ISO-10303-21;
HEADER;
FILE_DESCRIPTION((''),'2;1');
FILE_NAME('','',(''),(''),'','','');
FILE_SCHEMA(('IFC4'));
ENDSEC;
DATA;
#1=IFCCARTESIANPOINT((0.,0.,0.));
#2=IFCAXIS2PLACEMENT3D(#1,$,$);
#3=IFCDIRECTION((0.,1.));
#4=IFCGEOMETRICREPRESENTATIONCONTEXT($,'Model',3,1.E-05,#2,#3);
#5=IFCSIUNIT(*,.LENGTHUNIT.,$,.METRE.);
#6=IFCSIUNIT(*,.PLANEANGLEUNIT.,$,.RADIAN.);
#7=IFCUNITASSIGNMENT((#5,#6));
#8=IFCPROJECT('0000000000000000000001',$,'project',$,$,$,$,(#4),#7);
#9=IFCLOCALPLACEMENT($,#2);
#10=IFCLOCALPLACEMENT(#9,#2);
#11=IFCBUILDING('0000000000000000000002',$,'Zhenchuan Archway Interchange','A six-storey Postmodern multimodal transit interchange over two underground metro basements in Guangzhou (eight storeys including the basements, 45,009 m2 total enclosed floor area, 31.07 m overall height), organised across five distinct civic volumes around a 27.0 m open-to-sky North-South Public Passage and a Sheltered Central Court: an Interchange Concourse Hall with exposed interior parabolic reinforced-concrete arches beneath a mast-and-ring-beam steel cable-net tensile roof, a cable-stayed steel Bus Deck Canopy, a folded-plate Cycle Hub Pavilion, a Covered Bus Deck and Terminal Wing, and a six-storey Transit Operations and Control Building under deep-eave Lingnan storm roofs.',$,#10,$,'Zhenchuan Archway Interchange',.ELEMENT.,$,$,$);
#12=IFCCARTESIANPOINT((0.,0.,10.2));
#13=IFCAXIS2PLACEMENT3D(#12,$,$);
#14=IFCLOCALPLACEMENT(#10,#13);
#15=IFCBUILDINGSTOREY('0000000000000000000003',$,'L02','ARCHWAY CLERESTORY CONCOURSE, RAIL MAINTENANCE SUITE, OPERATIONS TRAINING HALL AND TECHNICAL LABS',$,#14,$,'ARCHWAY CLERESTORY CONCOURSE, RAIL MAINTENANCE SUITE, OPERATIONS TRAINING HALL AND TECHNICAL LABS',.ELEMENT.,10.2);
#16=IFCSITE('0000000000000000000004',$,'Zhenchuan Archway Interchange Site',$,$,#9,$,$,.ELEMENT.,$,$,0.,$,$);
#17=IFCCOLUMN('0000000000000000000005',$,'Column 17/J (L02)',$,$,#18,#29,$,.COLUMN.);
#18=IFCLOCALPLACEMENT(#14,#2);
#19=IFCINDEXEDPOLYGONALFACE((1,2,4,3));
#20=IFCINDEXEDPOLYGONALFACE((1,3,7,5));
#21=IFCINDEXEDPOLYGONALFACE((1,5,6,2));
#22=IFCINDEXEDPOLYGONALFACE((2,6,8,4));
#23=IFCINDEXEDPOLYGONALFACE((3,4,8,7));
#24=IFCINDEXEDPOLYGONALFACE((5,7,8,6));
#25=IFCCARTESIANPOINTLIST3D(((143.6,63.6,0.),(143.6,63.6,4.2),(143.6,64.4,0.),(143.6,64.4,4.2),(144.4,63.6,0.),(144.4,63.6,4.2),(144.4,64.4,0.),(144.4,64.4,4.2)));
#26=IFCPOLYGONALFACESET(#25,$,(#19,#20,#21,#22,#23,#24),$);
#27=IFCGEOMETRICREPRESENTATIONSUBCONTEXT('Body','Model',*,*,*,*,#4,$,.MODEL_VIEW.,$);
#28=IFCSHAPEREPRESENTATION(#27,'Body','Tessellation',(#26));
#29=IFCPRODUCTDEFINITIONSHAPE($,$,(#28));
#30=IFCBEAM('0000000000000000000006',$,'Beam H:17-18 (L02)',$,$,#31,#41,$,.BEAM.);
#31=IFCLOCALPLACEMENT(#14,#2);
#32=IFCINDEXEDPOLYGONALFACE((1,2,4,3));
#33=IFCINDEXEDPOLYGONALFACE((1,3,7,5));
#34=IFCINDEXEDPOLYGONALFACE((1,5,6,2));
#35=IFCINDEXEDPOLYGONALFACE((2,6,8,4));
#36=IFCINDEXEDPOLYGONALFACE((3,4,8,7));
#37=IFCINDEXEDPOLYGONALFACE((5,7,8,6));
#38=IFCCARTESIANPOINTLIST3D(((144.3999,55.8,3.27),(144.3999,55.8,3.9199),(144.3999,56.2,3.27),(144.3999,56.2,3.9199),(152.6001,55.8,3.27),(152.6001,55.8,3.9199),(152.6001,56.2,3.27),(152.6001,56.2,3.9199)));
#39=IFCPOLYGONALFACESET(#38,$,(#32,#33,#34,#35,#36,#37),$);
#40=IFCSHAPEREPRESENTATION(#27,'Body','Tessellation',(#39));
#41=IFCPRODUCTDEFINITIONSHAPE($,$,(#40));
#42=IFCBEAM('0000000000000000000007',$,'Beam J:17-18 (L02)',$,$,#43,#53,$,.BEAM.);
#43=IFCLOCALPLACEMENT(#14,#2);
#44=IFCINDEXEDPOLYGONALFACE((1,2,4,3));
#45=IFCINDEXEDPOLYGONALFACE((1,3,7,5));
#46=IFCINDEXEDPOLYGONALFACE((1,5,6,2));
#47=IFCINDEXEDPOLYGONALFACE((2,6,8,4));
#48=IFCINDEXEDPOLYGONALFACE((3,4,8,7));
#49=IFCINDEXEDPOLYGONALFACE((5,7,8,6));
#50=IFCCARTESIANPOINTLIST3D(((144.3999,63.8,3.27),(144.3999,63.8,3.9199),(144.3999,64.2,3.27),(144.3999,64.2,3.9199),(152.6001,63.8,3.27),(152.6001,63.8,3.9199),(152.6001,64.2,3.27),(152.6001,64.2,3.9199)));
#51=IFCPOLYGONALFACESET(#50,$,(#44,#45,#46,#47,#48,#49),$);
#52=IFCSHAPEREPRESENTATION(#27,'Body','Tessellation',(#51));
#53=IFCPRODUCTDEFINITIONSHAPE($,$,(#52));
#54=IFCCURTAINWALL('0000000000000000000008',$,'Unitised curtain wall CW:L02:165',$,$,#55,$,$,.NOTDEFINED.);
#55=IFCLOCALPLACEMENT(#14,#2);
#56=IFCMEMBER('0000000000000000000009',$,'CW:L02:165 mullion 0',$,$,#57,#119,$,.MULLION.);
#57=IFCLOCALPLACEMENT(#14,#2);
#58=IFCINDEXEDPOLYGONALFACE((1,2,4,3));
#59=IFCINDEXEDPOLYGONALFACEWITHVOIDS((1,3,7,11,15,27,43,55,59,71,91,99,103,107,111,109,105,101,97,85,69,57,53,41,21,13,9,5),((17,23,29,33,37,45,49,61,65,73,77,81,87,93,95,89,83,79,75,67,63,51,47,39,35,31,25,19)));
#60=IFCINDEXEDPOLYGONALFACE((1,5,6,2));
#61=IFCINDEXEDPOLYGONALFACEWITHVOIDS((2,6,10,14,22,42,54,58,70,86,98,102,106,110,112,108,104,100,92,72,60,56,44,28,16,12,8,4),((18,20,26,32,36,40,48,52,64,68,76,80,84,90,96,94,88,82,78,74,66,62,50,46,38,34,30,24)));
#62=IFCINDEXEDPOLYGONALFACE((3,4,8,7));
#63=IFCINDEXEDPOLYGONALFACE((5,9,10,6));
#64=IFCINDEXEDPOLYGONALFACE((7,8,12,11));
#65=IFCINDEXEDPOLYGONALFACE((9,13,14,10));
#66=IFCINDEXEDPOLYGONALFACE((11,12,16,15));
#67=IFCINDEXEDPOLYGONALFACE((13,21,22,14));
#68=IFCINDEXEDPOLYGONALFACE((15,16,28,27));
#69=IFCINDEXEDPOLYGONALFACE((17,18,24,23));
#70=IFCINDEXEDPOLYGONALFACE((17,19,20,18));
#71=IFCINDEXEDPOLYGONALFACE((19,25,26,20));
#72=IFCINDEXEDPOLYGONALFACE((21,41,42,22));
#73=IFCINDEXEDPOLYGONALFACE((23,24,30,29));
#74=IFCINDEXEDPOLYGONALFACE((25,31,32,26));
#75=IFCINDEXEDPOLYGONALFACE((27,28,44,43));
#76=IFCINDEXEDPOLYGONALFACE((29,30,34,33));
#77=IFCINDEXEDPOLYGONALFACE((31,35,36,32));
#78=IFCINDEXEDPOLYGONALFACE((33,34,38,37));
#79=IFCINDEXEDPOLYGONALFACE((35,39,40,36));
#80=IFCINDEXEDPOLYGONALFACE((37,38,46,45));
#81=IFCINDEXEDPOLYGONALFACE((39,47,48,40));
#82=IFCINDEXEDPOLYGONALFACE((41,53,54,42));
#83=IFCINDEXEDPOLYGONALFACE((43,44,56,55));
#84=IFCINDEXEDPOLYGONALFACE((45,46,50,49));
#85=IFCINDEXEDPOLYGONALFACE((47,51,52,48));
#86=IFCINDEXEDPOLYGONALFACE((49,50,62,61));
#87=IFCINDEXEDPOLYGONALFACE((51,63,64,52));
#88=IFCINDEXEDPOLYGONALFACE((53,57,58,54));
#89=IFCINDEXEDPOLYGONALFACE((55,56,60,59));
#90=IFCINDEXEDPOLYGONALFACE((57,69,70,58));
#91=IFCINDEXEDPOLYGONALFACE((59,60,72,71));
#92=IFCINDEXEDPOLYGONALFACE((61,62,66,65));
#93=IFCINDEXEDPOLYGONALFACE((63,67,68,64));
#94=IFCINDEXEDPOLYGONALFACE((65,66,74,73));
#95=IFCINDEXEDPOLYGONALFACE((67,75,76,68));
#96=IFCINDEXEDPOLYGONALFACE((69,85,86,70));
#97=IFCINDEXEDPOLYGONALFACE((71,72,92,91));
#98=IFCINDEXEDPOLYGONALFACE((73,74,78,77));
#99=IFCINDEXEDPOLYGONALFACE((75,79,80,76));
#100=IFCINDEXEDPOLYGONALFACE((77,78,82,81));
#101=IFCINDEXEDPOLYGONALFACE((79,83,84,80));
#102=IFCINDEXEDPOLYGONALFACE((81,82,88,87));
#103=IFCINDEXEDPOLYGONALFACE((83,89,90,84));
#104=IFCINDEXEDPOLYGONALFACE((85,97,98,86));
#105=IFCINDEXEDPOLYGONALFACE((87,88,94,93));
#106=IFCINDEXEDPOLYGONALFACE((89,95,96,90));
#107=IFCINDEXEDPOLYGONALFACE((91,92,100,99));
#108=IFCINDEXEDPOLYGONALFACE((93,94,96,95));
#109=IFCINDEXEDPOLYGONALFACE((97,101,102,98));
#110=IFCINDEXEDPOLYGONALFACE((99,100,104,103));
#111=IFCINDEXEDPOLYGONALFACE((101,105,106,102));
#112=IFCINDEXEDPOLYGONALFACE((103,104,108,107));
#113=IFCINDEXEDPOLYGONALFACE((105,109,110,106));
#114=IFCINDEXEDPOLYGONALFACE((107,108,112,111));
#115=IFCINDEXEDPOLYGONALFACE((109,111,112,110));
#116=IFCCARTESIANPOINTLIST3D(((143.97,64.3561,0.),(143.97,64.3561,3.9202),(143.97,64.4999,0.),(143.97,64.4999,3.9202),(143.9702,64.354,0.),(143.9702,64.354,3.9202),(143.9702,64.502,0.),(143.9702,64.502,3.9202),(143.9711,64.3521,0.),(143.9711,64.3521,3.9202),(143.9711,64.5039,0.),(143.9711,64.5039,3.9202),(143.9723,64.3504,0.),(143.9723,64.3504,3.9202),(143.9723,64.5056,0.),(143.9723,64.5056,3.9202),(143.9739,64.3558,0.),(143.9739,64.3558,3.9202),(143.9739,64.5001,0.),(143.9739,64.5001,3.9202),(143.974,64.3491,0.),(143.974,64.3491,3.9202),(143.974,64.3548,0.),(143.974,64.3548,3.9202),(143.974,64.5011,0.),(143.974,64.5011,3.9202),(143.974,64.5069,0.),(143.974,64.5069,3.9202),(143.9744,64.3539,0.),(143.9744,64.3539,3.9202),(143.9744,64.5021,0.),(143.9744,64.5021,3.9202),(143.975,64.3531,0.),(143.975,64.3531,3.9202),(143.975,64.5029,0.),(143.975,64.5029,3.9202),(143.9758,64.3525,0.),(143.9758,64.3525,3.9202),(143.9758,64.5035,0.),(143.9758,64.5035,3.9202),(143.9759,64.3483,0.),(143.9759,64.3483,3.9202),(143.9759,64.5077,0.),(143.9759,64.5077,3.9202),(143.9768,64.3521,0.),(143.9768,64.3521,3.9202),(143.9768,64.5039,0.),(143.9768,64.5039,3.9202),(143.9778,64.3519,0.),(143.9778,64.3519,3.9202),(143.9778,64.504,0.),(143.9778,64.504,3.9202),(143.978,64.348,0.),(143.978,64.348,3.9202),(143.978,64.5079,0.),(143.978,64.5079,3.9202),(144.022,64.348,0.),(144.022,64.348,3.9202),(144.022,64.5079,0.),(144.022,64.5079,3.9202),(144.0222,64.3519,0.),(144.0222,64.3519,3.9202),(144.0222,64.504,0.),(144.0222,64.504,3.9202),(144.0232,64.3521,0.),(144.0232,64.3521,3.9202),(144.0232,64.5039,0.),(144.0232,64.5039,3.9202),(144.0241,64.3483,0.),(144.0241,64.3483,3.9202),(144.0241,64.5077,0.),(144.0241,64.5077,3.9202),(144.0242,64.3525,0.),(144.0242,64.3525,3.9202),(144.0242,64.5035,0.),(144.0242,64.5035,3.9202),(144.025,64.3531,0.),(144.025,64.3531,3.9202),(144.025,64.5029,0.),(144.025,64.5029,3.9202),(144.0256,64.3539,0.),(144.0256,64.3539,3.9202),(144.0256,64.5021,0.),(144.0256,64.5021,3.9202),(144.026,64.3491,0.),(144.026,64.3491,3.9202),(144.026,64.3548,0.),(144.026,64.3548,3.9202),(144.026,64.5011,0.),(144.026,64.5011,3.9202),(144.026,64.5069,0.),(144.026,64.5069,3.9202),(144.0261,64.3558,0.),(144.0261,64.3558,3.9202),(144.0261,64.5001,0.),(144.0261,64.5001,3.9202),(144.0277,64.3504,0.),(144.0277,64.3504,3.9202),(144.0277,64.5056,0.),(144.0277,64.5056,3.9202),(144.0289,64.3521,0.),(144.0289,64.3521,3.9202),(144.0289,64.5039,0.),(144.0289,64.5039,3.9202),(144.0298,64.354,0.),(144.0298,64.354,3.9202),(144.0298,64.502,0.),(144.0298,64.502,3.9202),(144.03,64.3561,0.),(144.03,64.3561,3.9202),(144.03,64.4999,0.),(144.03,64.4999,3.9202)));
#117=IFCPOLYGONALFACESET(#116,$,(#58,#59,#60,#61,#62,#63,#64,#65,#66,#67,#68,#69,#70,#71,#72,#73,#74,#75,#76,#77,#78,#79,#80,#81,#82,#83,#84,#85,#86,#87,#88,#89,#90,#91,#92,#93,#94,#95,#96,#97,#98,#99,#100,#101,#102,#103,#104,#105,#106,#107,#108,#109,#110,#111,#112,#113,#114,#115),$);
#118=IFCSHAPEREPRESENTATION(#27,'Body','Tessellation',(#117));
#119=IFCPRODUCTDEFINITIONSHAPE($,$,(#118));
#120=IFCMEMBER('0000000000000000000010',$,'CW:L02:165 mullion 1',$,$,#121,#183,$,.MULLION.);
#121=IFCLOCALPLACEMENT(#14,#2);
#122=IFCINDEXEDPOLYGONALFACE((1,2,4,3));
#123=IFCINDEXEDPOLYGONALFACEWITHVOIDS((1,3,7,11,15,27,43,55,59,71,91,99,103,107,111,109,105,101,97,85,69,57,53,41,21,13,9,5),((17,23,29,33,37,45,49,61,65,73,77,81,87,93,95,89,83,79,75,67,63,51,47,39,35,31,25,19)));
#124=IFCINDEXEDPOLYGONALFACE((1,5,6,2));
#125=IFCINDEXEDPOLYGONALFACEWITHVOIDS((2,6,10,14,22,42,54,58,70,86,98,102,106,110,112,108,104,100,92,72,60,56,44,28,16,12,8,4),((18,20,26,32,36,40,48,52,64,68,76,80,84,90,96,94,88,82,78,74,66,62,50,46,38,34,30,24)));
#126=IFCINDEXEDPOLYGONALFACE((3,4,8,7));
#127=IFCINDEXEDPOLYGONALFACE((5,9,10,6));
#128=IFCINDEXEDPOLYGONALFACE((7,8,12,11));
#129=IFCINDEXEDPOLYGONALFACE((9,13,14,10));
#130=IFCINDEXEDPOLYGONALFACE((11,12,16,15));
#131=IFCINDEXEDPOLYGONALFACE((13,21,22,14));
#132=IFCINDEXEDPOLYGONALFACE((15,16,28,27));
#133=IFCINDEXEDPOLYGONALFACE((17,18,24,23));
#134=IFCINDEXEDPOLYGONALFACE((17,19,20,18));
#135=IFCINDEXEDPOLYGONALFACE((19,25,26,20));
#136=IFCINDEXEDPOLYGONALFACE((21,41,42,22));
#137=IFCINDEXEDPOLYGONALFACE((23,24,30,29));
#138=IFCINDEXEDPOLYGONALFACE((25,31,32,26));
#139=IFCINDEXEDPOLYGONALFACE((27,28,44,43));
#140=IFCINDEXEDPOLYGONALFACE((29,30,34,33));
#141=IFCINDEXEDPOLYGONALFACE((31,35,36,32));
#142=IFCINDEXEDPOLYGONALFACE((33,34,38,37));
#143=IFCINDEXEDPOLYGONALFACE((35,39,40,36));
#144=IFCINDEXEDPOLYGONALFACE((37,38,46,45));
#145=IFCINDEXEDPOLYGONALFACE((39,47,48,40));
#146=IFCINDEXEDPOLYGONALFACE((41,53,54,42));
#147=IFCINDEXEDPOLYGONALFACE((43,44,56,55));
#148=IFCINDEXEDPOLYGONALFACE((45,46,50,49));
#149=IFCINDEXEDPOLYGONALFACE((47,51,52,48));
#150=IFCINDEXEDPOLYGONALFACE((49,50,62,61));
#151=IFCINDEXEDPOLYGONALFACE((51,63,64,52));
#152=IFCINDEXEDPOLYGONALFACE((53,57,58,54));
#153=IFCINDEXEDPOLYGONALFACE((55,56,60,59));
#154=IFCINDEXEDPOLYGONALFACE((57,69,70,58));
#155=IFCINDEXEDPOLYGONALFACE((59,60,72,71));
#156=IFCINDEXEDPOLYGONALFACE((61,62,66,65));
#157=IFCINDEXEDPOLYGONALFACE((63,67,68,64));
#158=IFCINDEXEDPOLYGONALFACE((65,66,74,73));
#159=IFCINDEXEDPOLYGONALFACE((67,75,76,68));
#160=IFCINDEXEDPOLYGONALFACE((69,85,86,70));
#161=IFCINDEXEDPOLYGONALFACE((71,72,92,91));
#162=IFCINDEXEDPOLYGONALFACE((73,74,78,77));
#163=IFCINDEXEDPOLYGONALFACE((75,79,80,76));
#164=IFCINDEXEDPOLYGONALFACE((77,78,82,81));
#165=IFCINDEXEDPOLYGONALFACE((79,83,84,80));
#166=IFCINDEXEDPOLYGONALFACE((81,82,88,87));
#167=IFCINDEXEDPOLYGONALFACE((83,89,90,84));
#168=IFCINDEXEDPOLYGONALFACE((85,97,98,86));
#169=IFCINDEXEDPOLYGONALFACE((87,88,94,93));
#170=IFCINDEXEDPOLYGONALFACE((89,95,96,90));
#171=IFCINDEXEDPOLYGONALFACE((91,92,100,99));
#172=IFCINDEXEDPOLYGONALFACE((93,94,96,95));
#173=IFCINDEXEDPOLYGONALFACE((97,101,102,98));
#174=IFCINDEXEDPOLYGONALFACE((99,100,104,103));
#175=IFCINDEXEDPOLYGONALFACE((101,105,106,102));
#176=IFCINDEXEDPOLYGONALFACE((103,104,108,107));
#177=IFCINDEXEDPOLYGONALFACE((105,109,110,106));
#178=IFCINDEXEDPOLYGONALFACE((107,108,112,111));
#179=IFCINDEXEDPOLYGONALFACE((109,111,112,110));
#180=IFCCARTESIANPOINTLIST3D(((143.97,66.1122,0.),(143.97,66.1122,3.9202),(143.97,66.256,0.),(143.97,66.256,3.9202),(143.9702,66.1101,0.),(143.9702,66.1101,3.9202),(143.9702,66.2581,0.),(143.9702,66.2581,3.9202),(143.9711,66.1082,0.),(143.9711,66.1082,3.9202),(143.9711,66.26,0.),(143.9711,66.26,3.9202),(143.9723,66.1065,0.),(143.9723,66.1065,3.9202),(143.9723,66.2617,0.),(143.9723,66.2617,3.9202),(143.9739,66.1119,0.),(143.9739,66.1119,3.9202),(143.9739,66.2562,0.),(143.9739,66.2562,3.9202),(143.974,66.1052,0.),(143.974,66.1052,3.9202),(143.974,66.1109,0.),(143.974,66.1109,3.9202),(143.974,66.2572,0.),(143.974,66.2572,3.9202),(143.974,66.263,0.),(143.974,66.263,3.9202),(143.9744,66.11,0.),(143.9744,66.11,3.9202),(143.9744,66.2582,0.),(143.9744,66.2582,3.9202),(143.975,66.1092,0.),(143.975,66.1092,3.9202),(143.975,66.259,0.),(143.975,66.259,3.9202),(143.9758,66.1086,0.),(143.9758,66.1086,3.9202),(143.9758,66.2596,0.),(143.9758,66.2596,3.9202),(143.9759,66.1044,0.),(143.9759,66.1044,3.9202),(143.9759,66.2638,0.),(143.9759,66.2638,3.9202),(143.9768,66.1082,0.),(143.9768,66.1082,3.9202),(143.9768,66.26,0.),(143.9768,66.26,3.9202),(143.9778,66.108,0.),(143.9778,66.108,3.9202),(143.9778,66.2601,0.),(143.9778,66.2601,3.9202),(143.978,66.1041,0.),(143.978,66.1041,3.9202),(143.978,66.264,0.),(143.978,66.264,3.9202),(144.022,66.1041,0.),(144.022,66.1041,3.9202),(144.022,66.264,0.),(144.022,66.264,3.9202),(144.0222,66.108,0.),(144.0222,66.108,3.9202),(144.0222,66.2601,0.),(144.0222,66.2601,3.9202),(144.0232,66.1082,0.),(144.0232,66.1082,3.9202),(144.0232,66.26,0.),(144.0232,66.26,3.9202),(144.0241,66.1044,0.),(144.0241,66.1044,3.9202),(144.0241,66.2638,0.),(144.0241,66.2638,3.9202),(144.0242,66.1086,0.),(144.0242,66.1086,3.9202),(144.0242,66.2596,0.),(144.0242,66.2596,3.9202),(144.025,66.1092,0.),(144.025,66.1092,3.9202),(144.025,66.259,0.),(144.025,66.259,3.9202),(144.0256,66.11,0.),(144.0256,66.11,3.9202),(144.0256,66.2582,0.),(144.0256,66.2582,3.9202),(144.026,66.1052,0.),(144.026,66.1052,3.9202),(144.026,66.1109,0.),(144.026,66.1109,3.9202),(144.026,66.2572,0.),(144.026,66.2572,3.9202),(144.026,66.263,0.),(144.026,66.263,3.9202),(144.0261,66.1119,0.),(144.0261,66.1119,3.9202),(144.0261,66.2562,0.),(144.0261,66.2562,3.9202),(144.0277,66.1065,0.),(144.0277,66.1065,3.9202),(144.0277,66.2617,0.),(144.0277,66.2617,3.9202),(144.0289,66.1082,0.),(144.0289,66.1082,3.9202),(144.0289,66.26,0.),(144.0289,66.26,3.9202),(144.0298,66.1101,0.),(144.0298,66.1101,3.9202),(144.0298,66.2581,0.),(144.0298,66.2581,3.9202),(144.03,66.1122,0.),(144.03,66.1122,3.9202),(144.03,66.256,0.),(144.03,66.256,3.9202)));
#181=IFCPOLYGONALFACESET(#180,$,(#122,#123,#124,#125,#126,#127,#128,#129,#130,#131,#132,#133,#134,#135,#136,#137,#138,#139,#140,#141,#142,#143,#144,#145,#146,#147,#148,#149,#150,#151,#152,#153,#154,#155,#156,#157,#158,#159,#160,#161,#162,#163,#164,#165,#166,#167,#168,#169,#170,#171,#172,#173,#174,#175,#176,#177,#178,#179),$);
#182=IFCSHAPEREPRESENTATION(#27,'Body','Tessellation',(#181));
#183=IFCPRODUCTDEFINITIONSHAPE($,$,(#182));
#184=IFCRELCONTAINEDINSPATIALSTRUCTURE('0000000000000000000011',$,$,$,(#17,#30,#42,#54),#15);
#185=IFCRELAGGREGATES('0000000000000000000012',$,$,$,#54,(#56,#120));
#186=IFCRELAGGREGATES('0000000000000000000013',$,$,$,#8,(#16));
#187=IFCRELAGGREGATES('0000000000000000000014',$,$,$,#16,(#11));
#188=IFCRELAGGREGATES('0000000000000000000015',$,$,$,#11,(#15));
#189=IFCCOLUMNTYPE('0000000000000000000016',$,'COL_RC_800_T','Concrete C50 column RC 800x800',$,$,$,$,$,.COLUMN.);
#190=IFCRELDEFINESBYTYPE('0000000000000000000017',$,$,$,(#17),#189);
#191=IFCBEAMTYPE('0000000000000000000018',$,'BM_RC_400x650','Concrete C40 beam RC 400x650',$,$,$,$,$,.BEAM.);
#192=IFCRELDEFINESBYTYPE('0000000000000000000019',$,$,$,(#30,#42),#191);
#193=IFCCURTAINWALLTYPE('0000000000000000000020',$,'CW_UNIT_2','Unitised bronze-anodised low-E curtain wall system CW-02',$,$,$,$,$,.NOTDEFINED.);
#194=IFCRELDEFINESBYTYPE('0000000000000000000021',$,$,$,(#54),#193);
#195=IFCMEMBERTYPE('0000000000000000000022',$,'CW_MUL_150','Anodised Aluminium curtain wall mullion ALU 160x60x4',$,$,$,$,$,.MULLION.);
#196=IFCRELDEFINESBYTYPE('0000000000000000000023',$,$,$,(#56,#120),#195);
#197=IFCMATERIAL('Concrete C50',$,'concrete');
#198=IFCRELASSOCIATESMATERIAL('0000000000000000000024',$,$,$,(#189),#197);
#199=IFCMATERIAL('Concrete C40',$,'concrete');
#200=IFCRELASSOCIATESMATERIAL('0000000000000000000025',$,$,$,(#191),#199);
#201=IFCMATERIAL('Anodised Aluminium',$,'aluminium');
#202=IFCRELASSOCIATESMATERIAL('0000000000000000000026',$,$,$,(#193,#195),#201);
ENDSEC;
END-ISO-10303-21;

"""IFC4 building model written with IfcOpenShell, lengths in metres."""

from ifc_helpers import new_model, si_unit, direction, frame, origin, origin_2d, place, context, subcontext, project, spatial, rectangle, hollow_rectangle, extrude, material, material_profile, profile_set, type_object, element, aggregate, save


model = new_model("IFC4")

# Units and contexts
model_context = context("Model", 3, precision=1e-05, world=origin(), true_north=direction((0.0, 1.0)))
body_context = subcontext(model_context, "Body", "Model", "MODEL_VIEW")
ifc_project = project(units=[si_unit("LENGTHUNIT", "METRE"), si_unit("PLANEANGLEUNIT", "RADIAN")], contexts=[model_context])

# Site, building, storey
site_placement = place(None, origin())
site = spatial("IfcSite", under=ifc_project, at=site_placement, Name="Zhenchuan Archway Interchange Site", CompositionType="ELEMENT", RefElevation=0.0)
building_placement = place(site_placement, origin())
building = spatial("IfcBuilding", under=site, at=building_placement, Name="Zhenchuan Archway Interchange", Description="A six-storey Postmodern multimodal transit interchange over two underground metro basements in Guangzhou (eight storeys including the basements, 45,009 m2 total enclosed floor area, 31.07 m overall height), organised across five distinct civic volumes around a 27.0 m open-to-sky North-South Public Passage and a Sheltered Central Court: an Interchange Concourse Hall with exposed interior parabolic reinforced-concrete arches beneath a mast-and-ring-beam steel cable-net tensile roof, a cable-stayed steel Bus Deck Canopy, a folded-plate Cycle Hub Pavilion, a Covered Bus Deck and Terminal Wing, and a six-storey Transit Operations and Control Building under deep-eave Lingnan storm roofs.", LongName="Zhenchuan Archway Interchange", CompositionType="ELEMENT")
storey_placement = place(building_placement, frame((0.0, 0.0, 10.2)))
storey = spatial("IfcBuildingStorey", under=building, at=storey_placement, Name="L02", Description="ARCHWAY CLERESTORY CONCOURSE, RAIL MAINTENANCE SUITE, OPERATIONS TRAINING HALL AND TECHNICAL LABS", LongName="ARCHWAY CLERESTORY CONCOURSE, RAIL MAINTENANCE SUITE, OPERATIONS TRAINING HALL AND TECHNICAL LABS", CompositionType="ELEMENT", Elevation=10.2)

# Column
ifc_material_1 = material(Name="Concrete C50", Category="concrete")
ifc_material_profile_1 = material_profile(ifc_material_1, rectangle(XDim=0.8, YDim=0.8, at=origin_2d()), Name="RC 800x800")
ifc_profile_set_1 = profile_set([ifc_material_profile_1], Name="Concrete C50")
column_type = type_object("IfcColumnType", Name="COL_RC_800_T", Description="Concrete C50 column RC 800x800", PredefinedType="COLUMN", material=ifc_profile_set_1)
column_placement = place(storey_placement, frame((144.0, 64.0, 0.0), z_axis=(0.0, 0.0, 1.0), x_axis=(1.0, 0.0, 0.0)))
element("IfcColumn", 1, at=column_placement, inside=storey, type_object=column_type, Name="Column 17/J (L02)", PredefinedType="COLUMN", context=body_context, shape_type="SweptSolid", body=[
    extrude(rectangle(XDim=0.8, YDim=0.8, at=origin_2d()), origin(), (0.0, 0.0, 1.0), 4.2),
])

# Beams
ifc_material_2 = material(Name="Concrete C40", Category="concrete")
ifc_material_profile_2 = material_profile(ifc_material_2, rectangle(XDim=0.3999, YDim=0.6499, at=origin_2d()), Name="RC 400x650")
ifc_profile_set_2 = profile_set([ifc_material_profile_2], Name="Concrete C40")
beam_type_1 = type_object("IfcBeamType", Name="BM_RC_400x650", Description="Concrete C40 beam RC 400x650", PredefinedType="BEAM", material=ifc_profile_set_2)
for number, where, z_axis, x_axis, name in (
    (2, (144.3999, 56.0, 3.595), (1.0, 0.0, 0.0), (0.0, 1.0, 0.0), "Beam H:17-18 (L02)"),
    (3, (144.3999, 64.0, 3.595), (1.0, 0.0, 0.0), (0.0, 1.0, 0.0), "Beam J:17-18 (L02)"),
):
    element("IfcBeam", number, at=place(storey_placement, frame(where, z_axis=z_axis, x_axis=x_axis)), inside=storey, type_object=beam_type_1, Name=name, PredefinedType="BEAM", context=body_context, shape_type="SweptSolid", body=[
        extrude(rectangle(XDim=0.3999, YDim=0.6499, at=origin_2d()), origin(), (0.0, 0.0, 1.0), 8.2002),
    ])

# Curtain wall, members
ifc_material_3 = material(Name="Anodised Aluminium", Category="aluminium")
curtain_wall_type = type_object("IfcCurtainWallType", Name="CW_UNIT_2", Description="Unitised bronze-anodised low-E curtain wall system CW-02", PredefinedType="NOTDEFINED", material=ifc_material_3)
curtain_wall_placement = place(storey_placement, origin())
curtain_wall = element("IfcCurtainWall", 4, at=curtain_wall_placement, inside=storey, type_object=curtain_wall_type, Name="Unitised curtain wall CW:L02:165", PredefinedType="NOTDEFINED")
ifc_material_profile_3 = material_profile(ifc_material_3, hollow_rectangle(XDim=0.0601, YDim=0.1599, WallThickness=0.0039, InnerFilletRadius=0.0039, OuterFilletRadius=0.0081, at=origin_2d()), Name="ALU 160x60x4")
ifc_profile_set_3 = profile_set([ifc_material_profile_3], Name="Anodised Aluminium")
member_type_1 = type_object("IfcMemberType", Name="CW_MUL_150", Description="Anodised Aluminium curtain wall mullion ALU 160x60x4", PredefinedType="MULLION", material=ifc_profile_set_3)
member_1_placement = place(storey_placement, frame((144.0, 64.428, 0.0), z_axis=(0.0, 0.0, 1.0), x_axis=(1.0, 0.0, 0.0)))
member_1 = element("IfcMember", 5, at=member_1_placement, type_object=member_type_1, Name="CW:L02:165 mullion 0", PredefinedType="MULLION", context=body_context, shape_type="SweptSolid", body=[
    extrude(hollow_rectangle(XDim=0.0601, YDim=0.1599, WallThickness=0.0039, InnerFilletRadius=0.0039, OuterFilletRadius=0.0081, at=origin_2d()), origin(), (0.0, 0.0, 1.0), 3.9202),
])
member_2_placement = place(storey_placement, frame((144.0, 66.1841, 0.0), z_axis=(0.0, 0.0, 1.0), x_axis=(1.0, 0.0, 0.0)))
member_2 = element("IfcMember", 6, at=member_2_placement, type_object=member_type_1, Name="CW:L02:165 mullion 1", PredefinedType="MULLION", context=body_context, shape_type="SweptSolid", body=[
    extrude(hollow_rectangle(XDim=0.0601, YDim=0.1599, WallThickness=0.0039, InnerFilletRadius=0.0039, OuterFilletRadius=0.0081, at=origin_2d()), origin(), (0.0, 0.0, 1.0), 3.9202),
])

aggregate(curtain_wall, [member_1, member_2])

save(model, "model.ifc")
